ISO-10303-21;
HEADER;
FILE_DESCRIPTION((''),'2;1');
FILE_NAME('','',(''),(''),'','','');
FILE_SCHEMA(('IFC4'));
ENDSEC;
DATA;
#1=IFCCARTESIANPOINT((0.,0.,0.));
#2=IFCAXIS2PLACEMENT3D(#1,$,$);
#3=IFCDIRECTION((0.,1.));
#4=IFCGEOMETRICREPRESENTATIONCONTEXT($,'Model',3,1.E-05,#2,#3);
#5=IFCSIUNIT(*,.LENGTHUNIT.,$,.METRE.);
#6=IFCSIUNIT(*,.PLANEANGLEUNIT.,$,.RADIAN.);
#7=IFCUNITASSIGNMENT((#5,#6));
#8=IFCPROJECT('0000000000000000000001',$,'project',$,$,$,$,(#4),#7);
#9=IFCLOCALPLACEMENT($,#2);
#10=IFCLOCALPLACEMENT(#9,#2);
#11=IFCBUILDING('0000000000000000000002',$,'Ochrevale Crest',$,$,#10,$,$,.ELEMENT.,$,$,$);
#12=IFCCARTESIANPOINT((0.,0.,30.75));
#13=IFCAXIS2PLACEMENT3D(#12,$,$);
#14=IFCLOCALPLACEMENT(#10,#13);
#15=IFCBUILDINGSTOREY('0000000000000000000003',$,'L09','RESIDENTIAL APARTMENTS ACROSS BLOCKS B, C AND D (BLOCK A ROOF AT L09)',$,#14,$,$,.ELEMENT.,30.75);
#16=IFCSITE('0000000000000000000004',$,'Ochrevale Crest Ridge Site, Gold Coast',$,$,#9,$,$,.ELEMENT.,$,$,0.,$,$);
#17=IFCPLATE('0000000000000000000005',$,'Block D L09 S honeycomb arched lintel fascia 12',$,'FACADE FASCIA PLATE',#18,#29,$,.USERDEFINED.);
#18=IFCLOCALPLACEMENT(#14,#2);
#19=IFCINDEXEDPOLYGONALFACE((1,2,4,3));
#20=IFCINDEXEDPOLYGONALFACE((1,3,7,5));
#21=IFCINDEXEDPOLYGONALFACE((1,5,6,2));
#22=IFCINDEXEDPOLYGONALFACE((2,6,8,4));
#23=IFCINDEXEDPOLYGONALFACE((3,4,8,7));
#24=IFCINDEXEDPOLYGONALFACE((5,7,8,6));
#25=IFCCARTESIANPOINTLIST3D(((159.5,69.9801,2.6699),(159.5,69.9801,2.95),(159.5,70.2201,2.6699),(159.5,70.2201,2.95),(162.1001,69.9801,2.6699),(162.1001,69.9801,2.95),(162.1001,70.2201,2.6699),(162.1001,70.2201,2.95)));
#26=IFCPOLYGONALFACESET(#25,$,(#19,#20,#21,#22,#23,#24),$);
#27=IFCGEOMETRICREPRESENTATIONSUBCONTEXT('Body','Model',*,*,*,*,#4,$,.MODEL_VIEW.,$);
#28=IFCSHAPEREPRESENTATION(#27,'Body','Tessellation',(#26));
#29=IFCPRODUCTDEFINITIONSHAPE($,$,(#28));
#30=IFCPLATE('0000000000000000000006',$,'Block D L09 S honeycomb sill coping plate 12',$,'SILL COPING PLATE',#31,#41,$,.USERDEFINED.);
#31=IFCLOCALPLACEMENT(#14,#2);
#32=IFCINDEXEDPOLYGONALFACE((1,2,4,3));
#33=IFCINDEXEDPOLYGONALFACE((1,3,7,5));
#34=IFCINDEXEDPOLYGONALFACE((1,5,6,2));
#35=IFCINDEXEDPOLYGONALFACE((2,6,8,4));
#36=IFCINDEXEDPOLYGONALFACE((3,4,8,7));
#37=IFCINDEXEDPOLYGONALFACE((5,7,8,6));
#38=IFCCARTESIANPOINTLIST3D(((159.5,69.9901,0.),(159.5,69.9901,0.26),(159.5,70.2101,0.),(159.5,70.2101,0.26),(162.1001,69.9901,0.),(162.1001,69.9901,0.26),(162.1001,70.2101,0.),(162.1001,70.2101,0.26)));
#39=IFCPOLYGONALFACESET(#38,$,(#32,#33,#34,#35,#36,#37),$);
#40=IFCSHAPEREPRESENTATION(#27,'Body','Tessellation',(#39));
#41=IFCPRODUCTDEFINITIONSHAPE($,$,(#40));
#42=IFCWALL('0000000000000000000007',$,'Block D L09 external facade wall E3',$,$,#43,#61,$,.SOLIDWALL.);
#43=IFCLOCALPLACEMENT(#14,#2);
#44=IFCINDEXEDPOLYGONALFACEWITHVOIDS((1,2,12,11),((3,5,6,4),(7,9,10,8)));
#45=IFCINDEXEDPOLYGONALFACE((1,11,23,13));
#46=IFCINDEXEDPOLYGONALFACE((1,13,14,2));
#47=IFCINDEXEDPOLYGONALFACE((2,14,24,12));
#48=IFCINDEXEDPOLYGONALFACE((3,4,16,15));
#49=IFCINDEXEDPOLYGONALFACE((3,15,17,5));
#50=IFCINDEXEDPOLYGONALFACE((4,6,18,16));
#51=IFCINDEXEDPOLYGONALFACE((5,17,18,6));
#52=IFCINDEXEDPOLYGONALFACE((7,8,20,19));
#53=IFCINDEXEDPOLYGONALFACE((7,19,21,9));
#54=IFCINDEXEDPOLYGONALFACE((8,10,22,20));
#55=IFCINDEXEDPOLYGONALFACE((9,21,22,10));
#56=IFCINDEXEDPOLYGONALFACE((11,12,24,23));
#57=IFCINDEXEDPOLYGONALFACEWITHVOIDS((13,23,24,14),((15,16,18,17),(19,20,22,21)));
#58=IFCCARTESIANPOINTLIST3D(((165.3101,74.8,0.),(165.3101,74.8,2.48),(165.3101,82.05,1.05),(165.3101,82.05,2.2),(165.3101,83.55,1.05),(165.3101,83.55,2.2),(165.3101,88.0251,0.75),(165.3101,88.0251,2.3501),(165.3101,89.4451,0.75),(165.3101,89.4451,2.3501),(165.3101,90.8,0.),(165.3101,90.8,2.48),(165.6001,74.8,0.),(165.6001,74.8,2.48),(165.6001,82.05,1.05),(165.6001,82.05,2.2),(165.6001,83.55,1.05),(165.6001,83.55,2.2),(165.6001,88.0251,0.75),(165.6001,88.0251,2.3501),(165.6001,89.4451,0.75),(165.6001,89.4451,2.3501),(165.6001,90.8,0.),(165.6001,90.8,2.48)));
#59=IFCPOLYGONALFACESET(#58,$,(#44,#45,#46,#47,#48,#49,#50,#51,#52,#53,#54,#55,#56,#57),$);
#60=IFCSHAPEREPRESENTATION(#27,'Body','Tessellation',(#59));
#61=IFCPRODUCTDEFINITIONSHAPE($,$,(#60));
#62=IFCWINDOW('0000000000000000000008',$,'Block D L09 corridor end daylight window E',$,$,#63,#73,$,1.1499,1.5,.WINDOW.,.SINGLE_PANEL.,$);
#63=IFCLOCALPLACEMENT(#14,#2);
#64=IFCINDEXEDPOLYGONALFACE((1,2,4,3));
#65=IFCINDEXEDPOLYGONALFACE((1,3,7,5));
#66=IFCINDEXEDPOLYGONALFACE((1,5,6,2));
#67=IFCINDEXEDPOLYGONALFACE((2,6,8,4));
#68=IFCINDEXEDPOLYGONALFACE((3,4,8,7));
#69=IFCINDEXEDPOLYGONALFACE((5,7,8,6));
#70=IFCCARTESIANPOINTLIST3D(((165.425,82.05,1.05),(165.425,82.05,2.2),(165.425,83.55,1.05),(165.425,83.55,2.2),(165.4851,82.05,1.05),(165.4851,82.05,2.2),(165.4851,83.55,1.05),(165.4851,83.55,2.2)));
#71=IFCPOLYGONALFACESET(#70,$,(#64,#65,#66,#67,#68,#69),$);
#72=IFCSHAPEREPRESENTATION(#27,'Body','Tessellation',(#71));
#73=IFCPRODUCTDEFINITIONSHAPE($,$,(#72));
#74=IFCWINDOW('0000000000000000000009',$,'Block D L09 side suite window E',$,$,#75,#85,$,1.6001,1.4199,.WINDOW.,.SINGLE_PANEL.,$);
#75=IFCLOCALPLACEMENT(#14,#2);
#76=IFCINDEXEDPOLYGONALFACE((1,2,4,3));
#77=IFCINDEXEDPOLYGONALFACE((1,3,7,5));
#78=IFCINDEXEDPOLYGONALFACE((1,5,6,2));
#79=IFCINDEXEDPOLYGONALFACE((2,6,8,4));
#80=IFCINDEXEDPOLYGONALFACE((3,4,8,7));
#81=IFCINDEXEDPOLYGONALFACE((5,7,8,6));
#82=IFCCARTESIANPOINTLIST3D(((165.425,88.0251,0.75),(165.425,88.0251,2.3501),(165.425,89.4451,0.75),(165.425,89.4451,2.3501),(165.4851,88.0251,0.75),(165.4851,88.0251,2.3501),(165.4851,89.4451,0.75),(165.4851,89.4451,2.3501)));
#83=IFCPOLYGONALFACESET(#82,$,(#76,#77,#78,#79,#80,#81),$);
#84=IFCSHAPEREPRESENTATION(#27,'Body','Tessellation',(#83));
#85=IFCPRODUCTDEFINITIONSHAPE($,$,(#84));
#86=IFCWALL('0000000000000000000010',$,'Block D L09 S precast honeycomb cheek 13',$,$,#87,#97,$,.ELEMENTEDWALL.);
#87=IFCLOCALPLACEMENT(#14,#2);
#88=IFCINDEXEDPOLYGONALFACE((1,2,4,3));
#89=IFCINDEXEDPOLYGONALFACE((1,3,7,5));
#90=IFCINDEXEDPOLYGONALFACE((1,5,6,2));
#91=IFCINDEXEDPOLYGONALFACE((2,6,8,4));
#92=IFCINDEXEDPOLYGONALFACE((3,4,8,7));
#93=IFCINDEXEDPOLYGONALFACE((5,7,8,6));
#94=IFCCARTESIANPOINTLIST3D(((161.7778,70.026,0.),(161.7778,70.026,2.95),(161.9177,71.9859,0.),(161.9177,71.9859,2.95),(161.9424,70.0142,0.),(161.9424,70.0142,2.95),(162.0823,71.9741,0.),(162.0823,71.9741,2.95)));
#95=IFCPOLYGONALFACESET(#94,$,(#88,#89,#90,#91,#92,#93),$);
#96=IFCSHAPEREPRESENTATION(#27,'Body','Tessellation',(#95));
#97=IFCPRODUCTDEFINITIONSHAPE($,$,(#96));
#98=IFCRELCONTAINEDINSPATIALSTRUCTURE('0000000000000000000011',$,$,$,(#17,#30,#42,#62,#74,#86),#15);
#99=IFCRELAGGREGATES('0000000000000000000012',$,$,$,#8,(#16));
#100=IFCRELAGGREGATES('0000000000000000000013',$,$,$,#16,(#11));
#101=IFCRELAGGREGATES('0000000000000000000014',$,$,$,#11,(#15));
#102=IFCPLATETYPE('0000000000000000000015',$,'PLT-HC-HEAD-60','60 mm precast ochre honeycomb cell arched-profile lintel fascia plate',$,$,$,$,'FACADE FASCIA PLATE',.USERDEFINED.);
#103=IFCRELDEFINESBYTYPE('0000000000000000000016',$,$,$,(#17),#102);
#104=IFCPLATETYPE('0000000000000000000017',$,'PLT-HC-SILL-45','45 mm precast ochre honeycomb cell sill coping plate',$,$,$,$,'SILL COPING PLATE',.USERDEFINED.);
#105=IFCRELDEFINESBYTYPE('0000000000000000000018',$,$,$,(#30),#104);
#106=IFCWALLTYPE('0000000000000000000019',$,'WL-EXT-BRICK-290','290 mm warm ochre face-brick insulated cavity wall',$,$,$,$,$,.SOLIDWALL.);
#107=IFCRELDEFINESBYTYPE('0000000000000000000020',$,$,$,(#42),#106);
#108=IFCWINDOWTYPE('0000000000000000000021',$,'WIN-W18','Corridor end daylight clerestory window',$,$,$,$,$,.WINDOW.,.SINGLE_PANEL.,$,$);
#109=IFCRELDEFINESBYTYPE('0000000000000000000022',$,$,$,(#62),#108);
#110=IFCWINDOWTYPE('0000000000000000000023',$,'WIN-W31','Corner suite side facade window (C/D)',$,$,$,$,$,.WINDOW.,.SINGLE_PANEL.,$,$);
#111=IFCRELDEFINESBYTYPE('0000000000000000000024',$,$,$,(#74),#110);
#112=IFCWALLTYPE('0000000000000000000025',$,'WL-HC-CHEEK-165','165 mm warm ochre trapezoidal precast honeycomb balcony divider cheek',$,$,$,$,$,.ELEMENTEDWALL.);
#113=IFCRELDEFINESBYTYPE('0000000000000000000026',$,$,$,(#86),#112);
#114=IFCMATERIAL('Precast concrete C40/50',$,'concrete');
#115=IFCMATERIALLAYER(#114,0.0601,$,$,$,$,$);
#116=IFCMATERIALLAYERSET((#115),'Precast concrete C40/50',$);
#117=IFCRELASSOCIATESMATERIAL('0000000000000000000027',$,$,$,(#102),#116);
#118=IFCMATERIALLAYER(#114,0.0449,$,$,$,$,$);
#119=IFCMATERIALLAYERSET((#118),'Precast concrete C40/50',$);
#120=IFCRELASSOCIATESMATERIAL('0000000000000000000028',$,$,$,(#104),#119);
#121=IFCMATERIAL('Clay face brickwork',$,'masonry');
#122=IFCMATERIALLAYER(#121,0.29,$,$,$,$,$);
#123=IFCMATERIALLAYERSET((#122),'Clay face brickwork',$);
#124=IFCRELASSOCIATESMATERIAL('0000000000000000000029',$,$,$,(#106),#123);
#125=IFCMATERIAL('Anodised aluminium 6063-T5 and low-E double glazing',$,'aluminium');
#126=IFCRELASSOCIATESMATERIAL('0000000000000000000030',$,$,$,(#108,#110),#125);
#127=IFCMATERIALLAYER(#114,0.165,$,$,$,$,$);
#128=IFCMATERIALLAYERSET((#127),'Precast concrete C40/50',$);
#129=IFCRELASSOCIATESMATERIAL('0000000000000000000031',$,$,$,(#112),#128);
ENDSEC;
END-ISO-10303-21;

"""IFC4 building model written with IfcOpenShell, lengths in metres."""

from ifc_helpers import new_model, si_unit, direction, frame, frame_2d, origin, origin_2d, place, context, subcontext, project, spatial, rectangle, extrude, material, layer, layer_set, type_object, element, fill, save


model = new_model("IFC4")

# Units and contexts
model_context = context("Model", 3, precision=1e-05, world=origin(), true_north=direction((0.0, 1.0)))
body_context = subcontext(model_context, "Body", "Model", "MODEL_VIEW")
ifc_project = project(units=[si_unit("LENGTHUNIT", "METRE"), si_unit("PLANEANGLEUNIT", "RADIAN")], contexts=[model_context])

# Site, building, storey
site_placement = place(None, origin())
site = spatial("IfcSite", under=ifc_project, at=site_placement, Name="Ochrevale Crest Ridge Site, Gold Coast", CompositionType="ELEMENT", RefElevation=0.0)
building_placement = place(site_placement, origin())
building = spatial("IfcBuilding", under=site, at=building_placement, Name="Ochrevale Crest", CompositionType="ELEMENT")
storey_placement = place(building_placement, frame((0.0, 0.0, 30.75)))
storey = spatial("IfcBuildingStorey", under=building, at=storey_placement, Name="L09", Description="RESIDENTIAL APARTMENTS ACROSS BLOCKS B, C AND D (BLOCK A ROOF AT L09)", CompositionType="ELEMENT", Elevation=30.75)

# Shared definitions
ifc_material_1 = material(Name="Precast concrete C40/50", Category="concrete")

# Plates
ifc_layer_1 = layer(ifc_material_1, 0.0601)
ifc_layer_set_1 = layer_set([ifc_layer_1], Name="Precast concrete C40/50")
plate_type_1 = type_object("IfcPlateType", Name="PLT-HC-HEAD-60", Description="60 mm precast ochre honeycomb cell arched-profile lintel fascia plate", ElementType="FACADE FASCIA PLATE", PredefinedType="USERDEFINED", material=ifc_layer_set_1)
plate_1_placement = place(storey_placement, frame((160.8, 70.1001, 2.6699), z_axis=(0.0, 0.0, 1.0), x_axis=(1.0, 0.0, 0.0)))
element("IfcPlate", 1, at=plate_1_placement, inside=storey, type_object=plate_type_1, Name="Block D L09 S honeycomb arched lintel fascia 12", ObjectType="FACADE FASCIA PLATE", PredefinedType="USERDEFINED", context=body_context, shape_type="SweptSolid", body=[
    extrude(rectangle(XDim=2.6001, YDim=0.24, at=origin_2d()), origin(), (0.0, 0.0, 1.0), 0.28),
])
ifc_layer_2 = layer(ifc_material_1, 0.0449)
ifc_layer_set_2 = layer_set([ifc_layer_2], Name="Precast concrete C40/50")
plate_type_2 = type_object("IfcPlateType", Name="PLT-HC-SILL-45", Description="45 mm precast ochre honeycomb cell sill coping plate", ElementType="SILL COPING PLATE", PredefinedType="USERDEFINED", material=ifc_layer_set_2)
plate_2_placement = place(storey_placement, frame((160.8, 70.1001, 0.0), z_axis=(0.0, 0.0, 1.0), x_axis=(1.0, 0.0, 0.0)))
element("IfcPlate", 2, at=plate_2_placement, inside=storey, type_object=plate_type_2, Name="Block D L09 S honeycomb sill coping plate 12", ObjectType="SILL COPING PLATE", PredefinedType="USERDEFINED", context=body_context, shape_type="SweptSolid", body=[
    extrude(rectangle(XDim=2.6001, YDim=0.22, at=origin_2d()), origin(), (0.0, 0.0, 1.0), 0.26),
])

# Wall, openings, windows
ifc_material_2 = material(Name="Clay face brickwork", Category="masonry")
ifc_layer_3 = layer(ifc_material_2, 0.29)
ifc_layer_set_3 = layer_set([ifc_layer_3], Name="Clay face brickwork")
wall_type_1 = type_object("IfcWallType", Name="WL-EXT-BRICK-290", Description="290 mm warm ochre face-brick insulated cavity wall", PredefinedType="SOLIDWALL", material=ifc_layer_set_3)
wall_1_placement = place(storey_placement, frame((165.4551, 74.8, 0.0), z_axis=(0.0, 0.0, 1.0), x_axis=(0.0, 1.0, 0.0)))
wall_1 = element("IfcWall", 3, at=wall_1_placement, inside=storey, type_object=wall_type_1, Name="Block D L09 external facade wall E3", PredefinedType="SOLIDWALL", context=body_context, shape_type="SweptSolid", body=[
    extrude(rectangle(XDim=16.0, YDim=0.29, at=frame_2d((8.0, 0.0))), origin(), (0.0, 0.0, 1.0), 2.48),
])
opening_1_placement = place(wall_1_placement, frame((7.25, 0.0, 1.05)))
opening_1 = element("IfcOpeningElement", 4, at=opening_1_placement, cuts=wall_1, PredefinedType="OPENING", context=body_context, shape_type="SweptSolid", body=[
    extrude(rectangle(XDim=1.5, YDim=1.1499, at=frame_2d((0.75, 0.575))), frame((0.0, 0.155, 0.0), z_axis=(0.0, -1.0, 0.0), x_axis=(1.0, 0.0, 0.0)), (0.0, 0.0, 1.0), 0.3101),
])
opening_2_placement = place(wall_1_placement, frame((13.2251, 0.0, 0.75)))
opening_2 = element("IfcOpeningElement", 5, at=opening_2_placement, cuts=wall_1, PredefinedType="OPENING", context=body_context, shape_type="SweptSolid", body=[
    extrude(rectangle(XDim=1.4199, YDim=1.6001, at=frame_2d((0.71, 0.8))), frame((0.0, 0.155, 0.0), z_axis=(0.0, -1.0, 0.0), x_axis=(1.0, 0.0, 0.0)), (0.0, 0.0, 1.0), 0.3101),
])
ifc_material_3 = material(Name="Anodised aluminium 6063-T5 and low-E double glazing", Category="aluminium")
window_type_1 = type_object("IfcWindowType", Name="WIN-W18", Description="Corridor end daylight clerestory window", PartitioningType="SINGLE_PANEL", PredefinedType="WINDOW", material=ifc_material_3)
window_1_placement = place(opening_1_placement, origin())
window_1 = element("IfcWindow", 6, at=window_1_placement, inside=storey, type_object=window_type_1, Name="Block D L09 corridor end daylight window E", OverallHeight=1.1499, OverallWidth=1.5, PartitioningType="SINGLE_PANEL", PredefinedType="WINDOW", context=body_context, shape_type="SweptSolid", body=[
    extrude(rectangle(XDim=1.5, YDim=1.1499, at=frame_2d((0.75, 0.575))), frame((0.0, 0.03, 0.0), z_axis=(0.0, -1.0, 0.0), x_axis=(1.0, 0.0, 0.0)), (0.0, 0.0, 1.0), 0.0601),
])
fill(opening_1, window_1)
window_type_2 = type_object("IfcWindowType", Name="WIN-W31", Description="Corner suite side facade window (C/D)", PartitioningType="SINGLE_PANEL", PredefinedType="WINDOW", material=ifc_material_3)
window_2_placement = place(opening_2_placement, origin())
window_2 = element("IfcWindow", 7, at=window_2_placement, inside=storey, type_object=window_type_2, Name="Block D L09 side suite window E", OverallHeight=1.6001, OverallWidth=1.4199, PartitioningType="SINGLE_PANEL", PredefinedType="WINDOW", context=body_context, shape_type="SweptSolid", body=[
    extrude(rectangle(XDim=1.4199, YDim=1.6001, at=frame_2d((0.71, 0.8))), frame((0.0, 0.03, 0.0), z_axis=(0.0, -1.0, 0.0), x_axis=(1.0, 0.0, 0.0)), (0.0, 0.0, 1.0), 0.0601),
])
fill(opening_2, window_2)

# Wall
ifc_layer_4 = layer(ifc_material_1, 0.165)
ifc_layer_set_4 = layer_set([ifc_layer_4], Name="Precast concrete C40/50")
wall_type_2 = type_object("IfcWallType", Name="WL-HC-CHEEK-165", Description="165 mm warm ochre trapezoidal precast honeycomb balcony divider cheek", PredefinedType="ELEMENTEDWALL", material=ifc_layer_set_4)
wall_2_placement = place(storey_placement, frame((162.0, 71.98, 0.0), z_axis=(0.0, 0.0, 1.0), x_axis=(-0.071194, -0.997462, 0.0)))
element("IfcWall", 8, at=wall_2_placement, inside=storey, type_object=wall_type_2, Name="Block D L09 S precast honeycomb cheek 13", PredefinedType="ELEMENTEDWALL", context=body_context, shape_type="SweptSolid", body=[
    extrude(rectangle(XDim=1.9648, YDim=0.165, at=frame_2d((0.9824, 0.0))), origin(), (0.0, 0.0, 1.0), 2.95),
])

save(model, "model.ifc")
